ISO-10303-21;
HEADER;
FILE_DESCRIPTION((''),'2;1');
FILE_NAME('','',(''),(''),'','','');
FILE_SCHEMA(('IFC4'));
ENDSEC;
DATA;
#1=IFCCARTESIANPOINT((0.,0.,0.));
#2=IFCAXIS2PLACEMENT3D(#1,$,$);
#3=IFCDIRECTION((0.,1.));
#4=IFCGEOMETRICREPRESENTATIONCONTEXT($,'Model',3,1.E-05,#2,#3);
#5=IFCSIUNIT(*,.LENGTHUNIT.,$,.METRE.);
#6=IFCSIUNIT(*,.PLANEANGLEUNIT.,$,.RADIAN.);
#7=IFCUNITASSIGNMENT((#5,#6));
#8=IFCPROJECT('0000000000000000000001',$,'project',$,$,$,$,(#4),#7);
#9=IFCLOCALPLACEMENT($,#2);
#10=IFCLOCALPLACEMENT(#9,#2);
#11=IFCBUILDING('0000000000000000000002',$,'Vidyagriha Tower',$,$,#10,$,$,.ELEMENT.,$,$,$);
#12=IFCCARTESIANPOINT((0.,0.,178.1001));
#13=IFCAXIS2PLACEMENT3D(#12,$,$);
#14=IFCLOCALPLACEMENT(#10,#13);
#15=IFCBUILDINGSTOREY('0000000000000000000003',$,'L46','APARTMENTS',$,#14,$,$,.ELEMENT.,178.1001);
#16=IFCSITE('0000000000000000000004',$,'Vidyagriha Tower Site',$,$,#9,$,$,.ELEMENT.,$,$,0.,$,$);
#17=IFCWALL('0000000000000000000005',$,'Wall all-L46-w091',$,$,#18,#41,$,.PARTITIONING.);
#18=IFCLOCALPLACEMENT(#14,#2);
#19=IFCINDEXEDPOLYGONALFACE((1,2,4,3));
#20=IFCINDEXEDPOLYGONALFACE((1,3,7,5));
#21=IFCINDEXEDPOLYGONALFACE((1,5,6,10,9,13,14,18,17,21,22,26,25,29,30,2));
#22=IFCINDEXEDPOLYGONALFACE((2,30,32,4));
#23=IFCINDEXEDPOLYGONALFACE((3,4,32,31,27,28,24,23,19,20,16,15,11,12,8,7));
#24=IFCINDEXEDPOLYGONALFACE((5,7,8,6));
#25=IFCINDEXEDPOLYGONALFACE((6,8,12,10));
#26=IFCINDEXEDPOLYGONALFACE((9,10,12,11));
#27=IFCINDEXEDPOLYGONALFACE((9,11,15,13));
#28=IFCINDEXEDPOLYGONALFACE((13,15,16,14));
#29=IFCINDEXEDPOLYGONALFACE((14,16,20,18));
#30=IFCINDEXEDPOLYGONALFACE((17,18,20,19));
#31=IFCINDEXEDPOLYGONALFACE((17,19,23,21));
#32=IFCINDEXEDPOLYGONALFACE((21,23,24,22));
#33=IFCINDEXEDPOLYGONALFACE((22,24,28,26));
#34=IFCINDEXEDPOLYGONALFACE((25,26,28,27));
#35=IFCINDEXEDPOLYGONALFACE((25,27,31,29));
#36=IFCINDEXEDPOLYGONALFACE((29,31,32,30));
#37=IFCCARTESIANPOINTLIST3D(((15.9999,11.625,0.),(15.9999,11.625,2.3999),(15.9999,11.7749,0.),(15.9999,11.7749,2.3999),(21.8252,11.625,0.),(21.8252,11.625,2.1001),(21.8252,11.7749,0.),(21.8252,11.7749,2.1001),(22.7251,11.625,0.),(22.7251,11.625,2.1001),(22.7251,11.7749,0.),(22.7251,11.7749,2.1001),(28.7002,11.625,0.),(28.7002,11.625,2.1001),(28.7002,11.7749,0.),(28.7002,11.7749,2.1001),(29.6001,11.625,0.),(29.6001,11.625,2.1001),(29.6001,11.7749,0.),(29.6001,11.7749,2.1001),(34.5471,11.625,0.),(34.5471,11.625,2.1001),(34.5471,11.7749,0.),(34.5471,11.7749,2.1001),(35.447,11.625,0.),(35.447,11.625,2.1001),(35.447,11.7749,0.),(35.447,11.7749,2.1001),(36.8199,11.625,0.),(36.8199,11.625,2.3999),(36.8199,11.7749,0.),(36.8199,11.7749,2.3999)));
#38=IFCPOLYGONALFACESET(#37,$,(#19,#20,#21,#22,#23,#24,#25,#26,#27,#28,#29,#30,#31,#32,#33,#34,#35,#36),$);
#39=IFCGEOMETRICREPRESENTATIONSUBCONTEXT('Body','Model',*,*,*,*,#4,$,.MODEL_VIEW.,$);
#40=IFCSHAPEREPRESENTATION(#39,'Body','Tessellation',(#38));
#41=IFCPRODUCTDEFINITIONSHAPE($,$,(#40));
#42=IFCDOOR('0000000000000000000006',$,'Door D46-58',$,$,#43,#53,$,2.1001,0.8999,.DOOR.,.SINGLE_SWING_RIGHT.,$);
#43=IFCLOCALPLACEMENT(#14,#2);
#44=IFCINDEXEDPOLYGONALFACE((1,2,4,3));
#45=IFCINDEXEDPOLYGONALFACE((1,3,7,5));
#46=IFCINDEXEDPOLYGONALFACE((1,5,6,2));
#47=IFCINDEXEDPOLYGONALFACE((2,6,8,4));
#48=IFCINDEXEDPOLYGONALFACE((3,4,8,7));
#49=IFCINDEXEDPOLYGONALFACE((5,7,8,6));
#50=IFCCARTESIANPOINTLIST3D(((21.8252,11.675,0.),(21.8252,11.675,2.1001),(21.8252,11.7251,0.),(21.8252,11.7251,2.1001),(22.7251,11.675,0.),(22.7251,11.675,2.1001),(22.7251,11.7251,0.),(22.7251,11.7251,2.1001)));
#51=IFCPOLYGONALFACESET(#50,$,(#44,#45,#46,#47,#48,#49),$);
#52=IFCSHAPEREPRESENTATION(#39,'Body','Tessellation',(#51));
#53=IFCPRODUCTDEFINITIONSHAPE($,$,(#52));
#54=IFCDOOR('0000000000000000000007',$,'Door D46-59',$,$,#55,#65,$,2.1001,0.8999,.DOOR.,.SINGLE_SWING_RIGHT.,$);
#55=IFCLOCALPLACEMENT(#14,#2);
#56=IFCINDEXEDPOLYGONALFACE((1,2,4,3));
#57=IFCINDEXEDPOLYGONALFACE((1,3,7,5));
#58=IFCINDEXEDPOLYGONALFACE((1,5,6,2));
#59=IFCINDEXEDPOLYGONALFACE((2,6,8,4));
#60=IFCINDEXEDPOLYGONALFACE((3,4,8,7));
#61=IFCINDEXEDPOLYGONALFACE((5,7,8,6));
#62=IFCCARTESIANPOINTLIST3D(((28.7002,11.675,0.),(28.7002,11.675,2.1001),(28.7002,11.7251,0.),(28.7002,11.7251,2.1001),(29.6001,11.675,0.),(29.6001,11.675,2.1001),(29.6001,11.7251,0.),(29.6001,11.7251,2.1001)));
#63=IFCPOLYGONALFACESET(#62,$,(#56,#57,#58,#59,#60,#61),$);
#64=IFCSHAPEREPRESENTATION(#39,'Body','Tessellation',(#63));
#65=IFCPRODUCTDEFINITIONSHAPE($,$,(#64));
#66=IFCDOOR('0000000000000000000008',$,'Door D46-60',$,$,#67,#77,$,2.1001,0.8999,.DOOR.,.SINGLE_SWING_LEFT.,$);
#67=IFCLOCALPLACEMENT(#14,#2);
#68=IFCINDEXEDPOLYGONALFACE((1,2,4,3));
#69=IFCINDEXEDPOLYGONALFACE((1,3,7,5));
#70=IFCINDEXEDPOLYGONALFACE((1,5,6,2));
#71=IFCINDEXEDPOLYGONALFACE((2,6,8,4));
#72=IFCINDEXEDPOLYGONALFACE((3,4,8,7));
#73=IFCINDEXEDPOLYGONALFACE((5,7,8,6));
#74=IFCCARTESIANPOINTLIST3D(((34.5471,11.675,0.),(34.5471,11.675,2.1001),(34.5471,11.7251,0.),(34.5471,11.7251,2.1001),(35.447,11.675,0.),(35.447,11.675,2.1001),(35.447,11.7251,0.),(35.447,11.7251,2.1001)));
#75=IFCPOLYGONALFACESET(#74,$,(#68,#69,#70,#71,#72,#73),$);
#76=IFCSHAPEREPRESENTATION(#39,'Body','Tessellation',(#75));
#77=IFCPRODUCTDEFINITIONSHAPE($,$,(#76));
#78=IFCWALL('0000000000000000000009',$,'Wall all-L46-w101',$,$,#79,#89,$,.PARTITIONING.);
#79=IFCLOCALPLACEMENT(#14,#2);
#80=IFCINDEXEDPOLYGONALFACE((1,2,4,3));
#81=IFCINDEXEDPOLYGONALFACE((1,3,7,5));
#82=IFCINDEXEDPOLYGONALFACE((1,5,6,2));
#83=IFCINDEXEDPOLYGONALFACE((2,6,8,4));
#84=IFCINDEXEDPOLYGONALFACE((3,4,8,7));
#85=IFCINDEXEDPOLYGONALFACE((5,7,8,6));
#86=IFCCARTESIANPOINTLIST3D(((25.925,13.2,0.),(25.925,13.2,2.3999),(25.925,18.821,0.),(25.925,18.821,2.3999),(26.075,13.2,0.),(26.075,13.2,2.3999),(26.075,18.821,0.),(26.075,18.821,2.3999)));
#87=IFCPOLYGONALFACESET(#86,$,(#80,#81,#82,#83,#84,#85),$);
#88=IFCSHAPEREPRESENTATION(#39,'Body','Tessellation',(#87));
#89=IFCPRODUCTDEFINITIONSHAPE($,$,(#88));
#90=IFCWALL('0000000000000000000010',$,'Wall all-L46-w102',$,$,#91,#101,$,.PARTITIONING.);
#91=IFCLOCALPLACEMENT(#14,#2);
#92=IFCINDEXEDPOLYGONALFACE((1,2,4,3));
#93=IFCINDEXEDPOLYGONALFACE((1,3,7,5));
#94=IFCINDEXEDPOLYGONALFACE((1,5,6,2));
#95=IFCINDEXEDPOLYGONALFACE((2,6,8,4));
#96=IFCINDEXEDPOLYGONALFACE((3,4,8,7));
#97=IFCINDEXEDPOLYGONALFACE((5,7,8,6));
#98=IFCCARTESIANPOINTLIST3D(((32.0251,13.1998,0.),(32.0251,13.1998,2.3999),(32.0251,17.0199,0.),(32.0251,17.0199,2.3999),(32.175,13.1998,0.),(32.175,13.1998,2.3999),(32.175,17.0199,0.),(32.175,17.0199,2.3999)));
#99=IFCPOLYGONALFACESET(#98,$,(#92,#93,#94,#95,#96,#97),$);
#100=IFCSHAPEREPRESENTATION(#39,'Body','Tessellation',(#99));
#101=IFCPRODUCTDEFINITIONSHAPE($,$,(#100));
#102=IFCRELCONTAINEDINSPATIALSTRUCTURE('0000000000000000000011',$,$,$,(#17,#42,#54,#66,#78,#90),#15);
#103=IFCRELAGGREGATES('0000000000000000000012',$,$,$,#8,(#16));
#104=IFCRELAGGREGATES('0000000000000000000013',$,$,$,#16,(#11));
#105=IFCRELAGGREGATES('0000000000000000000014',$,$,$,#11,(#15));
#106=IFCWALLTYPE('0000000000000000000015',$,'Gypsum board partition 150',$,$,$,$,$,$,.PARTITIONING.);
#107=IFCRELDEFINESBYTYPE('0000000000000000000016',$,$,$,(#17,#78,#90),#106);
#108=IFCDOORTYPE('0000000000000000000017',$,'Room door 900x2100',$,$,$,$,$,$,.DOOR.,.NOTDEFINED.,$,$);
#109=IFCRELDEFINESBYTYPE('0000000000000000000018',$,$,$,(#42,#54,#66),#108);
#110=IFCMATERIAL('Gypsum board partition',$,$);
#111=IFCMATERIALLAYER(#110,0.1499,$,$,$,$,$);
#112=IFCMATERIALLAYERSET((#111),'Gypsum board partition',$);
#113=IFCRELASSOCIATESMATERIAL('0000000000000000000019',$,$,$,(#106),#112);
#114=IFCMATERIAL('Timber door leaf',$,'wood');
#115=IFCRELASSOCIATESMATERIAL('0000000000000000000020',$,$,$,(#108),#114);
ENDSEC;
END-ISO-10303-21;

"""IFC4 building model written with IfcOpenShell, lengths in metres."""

from ifc_helpers import new_model, si_unit, direction, frame, frame_2d, origin, place, context, subcontext, project, spatial, rectangle, extrude, material, layer, layer_set, type_object, element, fill, save


model = new_model("IFC4")

# Units and contexts
model_context = context("Model", 3, precision=1e-05, world=origin(), true_north=direction((0.0, 1.0)))
body_context = subcontext(model_context, "Body", "Model", "MODEL_VIEW")
ifc_project = project(units=[si_unit("LENGTHUNIT", "METRE"), si_unit("PLANEANGLEUNIT", "RADIAN")], contexts=[model_context])

# Site, building, storey
site_placement = place(None, origin())
site = spatial("IfcSite", under=ifc_project, at=site_placement, Name="Vidyagriha Tower Site", CompositionType="ELEMENT", RefElevation=0.0)
building_placement = place(site_placement, origin())
building = spatial("IfcBuilding", under=site, at=building_placement, Name="Vidyagriha Tower", CompositionType="ELEMENT")
storey_placement = place(building_placement, frame((0.0, 0.0, 178.1001)))
storey = spatial("IfcBuildingStorey", under=building, at=storey_placement, Name="L46", Description="APARTMENTS", CompositionType="ELEMENT", Elevation=178.1001)

# Shared definitions
ifc_material_1 = material(Name="Gypsum board partition")
ifc_layer_1 = layer(ifc_material_1, 0.1499)
ifc_layer_set_1 = layer_set([ifc_layer_1], Name="Gypsum board partition")
wall_type_1 = type_object("IfcWallType", Name="Gypsum board partition 150", PredefinedType="PARTITIONING", material=ifc_layer_set_1)

# Wall, openings, doors
wall_1_placement = place(storey_placement, frame((36.8201, 11.7, 0.0), z_axis=(0.0, 0.0, 1.0), x_axis=(-1.0, 0.0, 0.0)))
wall_1 = element("IfcWall", 1, at=wall_1_placement, inside=storey, type_object=wall_type_1, Name="Wall all-L46-w091", PredefinedType="PARTITIONING", context=body_context, shape_type="SweptSolid", body=[
    extrude(rectangle(XDim=20.8201, YDim=0.1499, at=frame_2d((10.4102, 0.0))), origin(), (0.0, 0.0, 1.0), 2.3999),
])
opening_1_placement = place(wall_1_placement, frame((14.095, 0.0, 0.0)))
opening_1 = element("IfcOpeningElement", 2, at=opening_1_placement, cuts=wall_1, PredefinedType="OPENING", context=body_context, shape_type="SweptSolid", body=[
    extrude(rectangle(XDim=0.8999, YDim=2.1001, at=frame_2d((0.45, 1.05))), frame((0.0, 0.085, 0.0), z_axis=(0.0, -1.0, 0.0), x_axis=(1.0, 0.0, 0.0)), (0.0, 0.0, 1.0), 0.1699),
])
opening_2_placement = place(wall_1_placement, frame((7.22, 0.0, 0.0)))
opening_2 = element("IfcOpeningElement", 3, at=opening_2_placement, cuts=wall_1, PredefinedType="OPENING", context=body_context, shape_type="SweptSolid", body=[
    extrude(rectangle(XDim=0.8999, YDim=2.1001, at=frame_2d((0.45, 1.05))), frame((0.0, 0.085, 0.0), z_axis=(0.0, -1.0, 0.0), x_axis=(1.0, 0.0, 0.0)), (0.0, 0.0, 1.0), 0.1699),
])
opening_3_placement = place(wall_1_placement, frame((1.373, 0.0, 0.0)))
opening_3 = element("IfcOpeningElement", 4, at=opening_3_placement, cuts=wall_1, PredefinedType="OPENING", context=body_context, shape_type="SweptSolid", body=[
    extrude(rectangle(XDim=0.8999, YDim=2.1001, at=frame_2d((0.45, 1.05))), frame((0.0, 0.085, 0.0), z_axis=(0.0, -1.0, 0.0), x_axis=(1.0, 0.0, 0.0)), (0.0, 0.0, 1.0), 0.1699),
])
ifc_material_2 = material(Name="Timber door leaf", Category="wood")
door_type = type_object("IfcDoorType", Name="Room door 900x2100", OperationType="NOTDEFINED", PredefinedType="DOOR", material=ifc_material_2)
door_1_placement = place(opening_1_placement, origin())
door_1 = element("IfcDoor", 5, at=door_1_placement, inside=storey, type_object=door_type, Name="Door D46-58", OperationType="SINGLE_SWING_RIGHT", OverallHeight=2.1001, OverallWidth=0.8999, PredefinedType="DOOR", context=body_context, shape_type="SweptSolid", body=[
    extrude(rectangle(XDim=0.8999, YDim=2.1001, at=frame_2d((0.45, 1.05))), frame((0.0, 0.0249, 0.0), z_axis=(0.0, -1.0, 0.0), x_axis=(1.0, 0.0, 0.0)), (0.0, 0.0, 1.0), 0.05),
])
fill(opening_1, door_1)
door_2_placement = place(opening_2_placement, origin())
door_2 = element("IfcDoor", 6, at=door_2_placement, inside=storey, type_object=door_type, Name="Door D46-59", OperationType="SINGLE_SWING_RIGHT", OverallHeight=2.1001, OverallWidth=0.8999, PredefinedType="DOOR", context=body_context, shape_type="SweptSolid", body=[
    extrude(rectangle(XDim=0.8999, YDim=2.1001, at=frame_2d((0.45, 1.05))), frame((0.0, 0.0249, 0.0), z_axis=(0.0, -1.0, 0.0), x_axis=(1.0, 0.0, 0.0)), (0.0, 0.0, 1.0), 0.05),
])
fill(opening_2, door_2)
door_3_placement = place(opening_3_placement, origin())
door_3 = element("IfcDoor", 7, at=door_3_placement, inside=storey, type_object=door_type, Name="Door D46-60", OperationType="SINGLE_SWING_LEFT", OverallHeight=2.1001, OverallWidth=0.8999, PredefinedType="DOOR", context=body_context, shape_type="SweptSolid", body=[
    extrude(rectangle(XDim=0.8999, YDim=2.1001, at=frame_2d((0.45, 1.05))), frame((0.0, 0.0249, 0.0), z_axis=(0.0, -1.0, 0.0), x_axis=(1.0, 0.0, 0.0)), (0.0, 0.0, 1.0), 0.05),
])
fill(opening_3, door_3)

# Walls
wall_2_placement = place(storey_placement, frame((26.0, 18.821, 0.0), z_axis=(0.0, 0.0, 1.0), x_axis=(0.0, -1.0, 0.0)))
element("IfcWall", 8, at=wall_2_placement, inside=storey, type_object=wall_type_1, Name="Wall all-L46-w101", PredefinedType="PARTITIONING", context=body_context, shape_type="SweptSolid", body=[
    extrude(rectangle(XDim=5.6211, YDim=0.1499, at=frame_2d((2.8105, 0.0))), origin(), (0.0, 0.0, 1.0), 2.3999),
])
wall_3_placement = place(storey_placement, frame((32.1001, 17.02, 0.0), z_axis=(0.0, 0.0, 1.0), x_axis=(0.0, -1.0, 0.0)))
element("IfcWall", 9, at=wall_3_placement, inside=storey, type_object=wall_type_1, Name="Wall all-L46-w102", PredefinedType="PARTITIONING", context=body_context, shape_type="SweptSolid", body=[
    extrude(rectangle(XDim=3.8201, YDim=0.1499, at=frame_2d((1.9102, 0.0))), origin(), (0.0, 0.0, 1.0), 2.3999),
])

save(model, "model.ifc")
